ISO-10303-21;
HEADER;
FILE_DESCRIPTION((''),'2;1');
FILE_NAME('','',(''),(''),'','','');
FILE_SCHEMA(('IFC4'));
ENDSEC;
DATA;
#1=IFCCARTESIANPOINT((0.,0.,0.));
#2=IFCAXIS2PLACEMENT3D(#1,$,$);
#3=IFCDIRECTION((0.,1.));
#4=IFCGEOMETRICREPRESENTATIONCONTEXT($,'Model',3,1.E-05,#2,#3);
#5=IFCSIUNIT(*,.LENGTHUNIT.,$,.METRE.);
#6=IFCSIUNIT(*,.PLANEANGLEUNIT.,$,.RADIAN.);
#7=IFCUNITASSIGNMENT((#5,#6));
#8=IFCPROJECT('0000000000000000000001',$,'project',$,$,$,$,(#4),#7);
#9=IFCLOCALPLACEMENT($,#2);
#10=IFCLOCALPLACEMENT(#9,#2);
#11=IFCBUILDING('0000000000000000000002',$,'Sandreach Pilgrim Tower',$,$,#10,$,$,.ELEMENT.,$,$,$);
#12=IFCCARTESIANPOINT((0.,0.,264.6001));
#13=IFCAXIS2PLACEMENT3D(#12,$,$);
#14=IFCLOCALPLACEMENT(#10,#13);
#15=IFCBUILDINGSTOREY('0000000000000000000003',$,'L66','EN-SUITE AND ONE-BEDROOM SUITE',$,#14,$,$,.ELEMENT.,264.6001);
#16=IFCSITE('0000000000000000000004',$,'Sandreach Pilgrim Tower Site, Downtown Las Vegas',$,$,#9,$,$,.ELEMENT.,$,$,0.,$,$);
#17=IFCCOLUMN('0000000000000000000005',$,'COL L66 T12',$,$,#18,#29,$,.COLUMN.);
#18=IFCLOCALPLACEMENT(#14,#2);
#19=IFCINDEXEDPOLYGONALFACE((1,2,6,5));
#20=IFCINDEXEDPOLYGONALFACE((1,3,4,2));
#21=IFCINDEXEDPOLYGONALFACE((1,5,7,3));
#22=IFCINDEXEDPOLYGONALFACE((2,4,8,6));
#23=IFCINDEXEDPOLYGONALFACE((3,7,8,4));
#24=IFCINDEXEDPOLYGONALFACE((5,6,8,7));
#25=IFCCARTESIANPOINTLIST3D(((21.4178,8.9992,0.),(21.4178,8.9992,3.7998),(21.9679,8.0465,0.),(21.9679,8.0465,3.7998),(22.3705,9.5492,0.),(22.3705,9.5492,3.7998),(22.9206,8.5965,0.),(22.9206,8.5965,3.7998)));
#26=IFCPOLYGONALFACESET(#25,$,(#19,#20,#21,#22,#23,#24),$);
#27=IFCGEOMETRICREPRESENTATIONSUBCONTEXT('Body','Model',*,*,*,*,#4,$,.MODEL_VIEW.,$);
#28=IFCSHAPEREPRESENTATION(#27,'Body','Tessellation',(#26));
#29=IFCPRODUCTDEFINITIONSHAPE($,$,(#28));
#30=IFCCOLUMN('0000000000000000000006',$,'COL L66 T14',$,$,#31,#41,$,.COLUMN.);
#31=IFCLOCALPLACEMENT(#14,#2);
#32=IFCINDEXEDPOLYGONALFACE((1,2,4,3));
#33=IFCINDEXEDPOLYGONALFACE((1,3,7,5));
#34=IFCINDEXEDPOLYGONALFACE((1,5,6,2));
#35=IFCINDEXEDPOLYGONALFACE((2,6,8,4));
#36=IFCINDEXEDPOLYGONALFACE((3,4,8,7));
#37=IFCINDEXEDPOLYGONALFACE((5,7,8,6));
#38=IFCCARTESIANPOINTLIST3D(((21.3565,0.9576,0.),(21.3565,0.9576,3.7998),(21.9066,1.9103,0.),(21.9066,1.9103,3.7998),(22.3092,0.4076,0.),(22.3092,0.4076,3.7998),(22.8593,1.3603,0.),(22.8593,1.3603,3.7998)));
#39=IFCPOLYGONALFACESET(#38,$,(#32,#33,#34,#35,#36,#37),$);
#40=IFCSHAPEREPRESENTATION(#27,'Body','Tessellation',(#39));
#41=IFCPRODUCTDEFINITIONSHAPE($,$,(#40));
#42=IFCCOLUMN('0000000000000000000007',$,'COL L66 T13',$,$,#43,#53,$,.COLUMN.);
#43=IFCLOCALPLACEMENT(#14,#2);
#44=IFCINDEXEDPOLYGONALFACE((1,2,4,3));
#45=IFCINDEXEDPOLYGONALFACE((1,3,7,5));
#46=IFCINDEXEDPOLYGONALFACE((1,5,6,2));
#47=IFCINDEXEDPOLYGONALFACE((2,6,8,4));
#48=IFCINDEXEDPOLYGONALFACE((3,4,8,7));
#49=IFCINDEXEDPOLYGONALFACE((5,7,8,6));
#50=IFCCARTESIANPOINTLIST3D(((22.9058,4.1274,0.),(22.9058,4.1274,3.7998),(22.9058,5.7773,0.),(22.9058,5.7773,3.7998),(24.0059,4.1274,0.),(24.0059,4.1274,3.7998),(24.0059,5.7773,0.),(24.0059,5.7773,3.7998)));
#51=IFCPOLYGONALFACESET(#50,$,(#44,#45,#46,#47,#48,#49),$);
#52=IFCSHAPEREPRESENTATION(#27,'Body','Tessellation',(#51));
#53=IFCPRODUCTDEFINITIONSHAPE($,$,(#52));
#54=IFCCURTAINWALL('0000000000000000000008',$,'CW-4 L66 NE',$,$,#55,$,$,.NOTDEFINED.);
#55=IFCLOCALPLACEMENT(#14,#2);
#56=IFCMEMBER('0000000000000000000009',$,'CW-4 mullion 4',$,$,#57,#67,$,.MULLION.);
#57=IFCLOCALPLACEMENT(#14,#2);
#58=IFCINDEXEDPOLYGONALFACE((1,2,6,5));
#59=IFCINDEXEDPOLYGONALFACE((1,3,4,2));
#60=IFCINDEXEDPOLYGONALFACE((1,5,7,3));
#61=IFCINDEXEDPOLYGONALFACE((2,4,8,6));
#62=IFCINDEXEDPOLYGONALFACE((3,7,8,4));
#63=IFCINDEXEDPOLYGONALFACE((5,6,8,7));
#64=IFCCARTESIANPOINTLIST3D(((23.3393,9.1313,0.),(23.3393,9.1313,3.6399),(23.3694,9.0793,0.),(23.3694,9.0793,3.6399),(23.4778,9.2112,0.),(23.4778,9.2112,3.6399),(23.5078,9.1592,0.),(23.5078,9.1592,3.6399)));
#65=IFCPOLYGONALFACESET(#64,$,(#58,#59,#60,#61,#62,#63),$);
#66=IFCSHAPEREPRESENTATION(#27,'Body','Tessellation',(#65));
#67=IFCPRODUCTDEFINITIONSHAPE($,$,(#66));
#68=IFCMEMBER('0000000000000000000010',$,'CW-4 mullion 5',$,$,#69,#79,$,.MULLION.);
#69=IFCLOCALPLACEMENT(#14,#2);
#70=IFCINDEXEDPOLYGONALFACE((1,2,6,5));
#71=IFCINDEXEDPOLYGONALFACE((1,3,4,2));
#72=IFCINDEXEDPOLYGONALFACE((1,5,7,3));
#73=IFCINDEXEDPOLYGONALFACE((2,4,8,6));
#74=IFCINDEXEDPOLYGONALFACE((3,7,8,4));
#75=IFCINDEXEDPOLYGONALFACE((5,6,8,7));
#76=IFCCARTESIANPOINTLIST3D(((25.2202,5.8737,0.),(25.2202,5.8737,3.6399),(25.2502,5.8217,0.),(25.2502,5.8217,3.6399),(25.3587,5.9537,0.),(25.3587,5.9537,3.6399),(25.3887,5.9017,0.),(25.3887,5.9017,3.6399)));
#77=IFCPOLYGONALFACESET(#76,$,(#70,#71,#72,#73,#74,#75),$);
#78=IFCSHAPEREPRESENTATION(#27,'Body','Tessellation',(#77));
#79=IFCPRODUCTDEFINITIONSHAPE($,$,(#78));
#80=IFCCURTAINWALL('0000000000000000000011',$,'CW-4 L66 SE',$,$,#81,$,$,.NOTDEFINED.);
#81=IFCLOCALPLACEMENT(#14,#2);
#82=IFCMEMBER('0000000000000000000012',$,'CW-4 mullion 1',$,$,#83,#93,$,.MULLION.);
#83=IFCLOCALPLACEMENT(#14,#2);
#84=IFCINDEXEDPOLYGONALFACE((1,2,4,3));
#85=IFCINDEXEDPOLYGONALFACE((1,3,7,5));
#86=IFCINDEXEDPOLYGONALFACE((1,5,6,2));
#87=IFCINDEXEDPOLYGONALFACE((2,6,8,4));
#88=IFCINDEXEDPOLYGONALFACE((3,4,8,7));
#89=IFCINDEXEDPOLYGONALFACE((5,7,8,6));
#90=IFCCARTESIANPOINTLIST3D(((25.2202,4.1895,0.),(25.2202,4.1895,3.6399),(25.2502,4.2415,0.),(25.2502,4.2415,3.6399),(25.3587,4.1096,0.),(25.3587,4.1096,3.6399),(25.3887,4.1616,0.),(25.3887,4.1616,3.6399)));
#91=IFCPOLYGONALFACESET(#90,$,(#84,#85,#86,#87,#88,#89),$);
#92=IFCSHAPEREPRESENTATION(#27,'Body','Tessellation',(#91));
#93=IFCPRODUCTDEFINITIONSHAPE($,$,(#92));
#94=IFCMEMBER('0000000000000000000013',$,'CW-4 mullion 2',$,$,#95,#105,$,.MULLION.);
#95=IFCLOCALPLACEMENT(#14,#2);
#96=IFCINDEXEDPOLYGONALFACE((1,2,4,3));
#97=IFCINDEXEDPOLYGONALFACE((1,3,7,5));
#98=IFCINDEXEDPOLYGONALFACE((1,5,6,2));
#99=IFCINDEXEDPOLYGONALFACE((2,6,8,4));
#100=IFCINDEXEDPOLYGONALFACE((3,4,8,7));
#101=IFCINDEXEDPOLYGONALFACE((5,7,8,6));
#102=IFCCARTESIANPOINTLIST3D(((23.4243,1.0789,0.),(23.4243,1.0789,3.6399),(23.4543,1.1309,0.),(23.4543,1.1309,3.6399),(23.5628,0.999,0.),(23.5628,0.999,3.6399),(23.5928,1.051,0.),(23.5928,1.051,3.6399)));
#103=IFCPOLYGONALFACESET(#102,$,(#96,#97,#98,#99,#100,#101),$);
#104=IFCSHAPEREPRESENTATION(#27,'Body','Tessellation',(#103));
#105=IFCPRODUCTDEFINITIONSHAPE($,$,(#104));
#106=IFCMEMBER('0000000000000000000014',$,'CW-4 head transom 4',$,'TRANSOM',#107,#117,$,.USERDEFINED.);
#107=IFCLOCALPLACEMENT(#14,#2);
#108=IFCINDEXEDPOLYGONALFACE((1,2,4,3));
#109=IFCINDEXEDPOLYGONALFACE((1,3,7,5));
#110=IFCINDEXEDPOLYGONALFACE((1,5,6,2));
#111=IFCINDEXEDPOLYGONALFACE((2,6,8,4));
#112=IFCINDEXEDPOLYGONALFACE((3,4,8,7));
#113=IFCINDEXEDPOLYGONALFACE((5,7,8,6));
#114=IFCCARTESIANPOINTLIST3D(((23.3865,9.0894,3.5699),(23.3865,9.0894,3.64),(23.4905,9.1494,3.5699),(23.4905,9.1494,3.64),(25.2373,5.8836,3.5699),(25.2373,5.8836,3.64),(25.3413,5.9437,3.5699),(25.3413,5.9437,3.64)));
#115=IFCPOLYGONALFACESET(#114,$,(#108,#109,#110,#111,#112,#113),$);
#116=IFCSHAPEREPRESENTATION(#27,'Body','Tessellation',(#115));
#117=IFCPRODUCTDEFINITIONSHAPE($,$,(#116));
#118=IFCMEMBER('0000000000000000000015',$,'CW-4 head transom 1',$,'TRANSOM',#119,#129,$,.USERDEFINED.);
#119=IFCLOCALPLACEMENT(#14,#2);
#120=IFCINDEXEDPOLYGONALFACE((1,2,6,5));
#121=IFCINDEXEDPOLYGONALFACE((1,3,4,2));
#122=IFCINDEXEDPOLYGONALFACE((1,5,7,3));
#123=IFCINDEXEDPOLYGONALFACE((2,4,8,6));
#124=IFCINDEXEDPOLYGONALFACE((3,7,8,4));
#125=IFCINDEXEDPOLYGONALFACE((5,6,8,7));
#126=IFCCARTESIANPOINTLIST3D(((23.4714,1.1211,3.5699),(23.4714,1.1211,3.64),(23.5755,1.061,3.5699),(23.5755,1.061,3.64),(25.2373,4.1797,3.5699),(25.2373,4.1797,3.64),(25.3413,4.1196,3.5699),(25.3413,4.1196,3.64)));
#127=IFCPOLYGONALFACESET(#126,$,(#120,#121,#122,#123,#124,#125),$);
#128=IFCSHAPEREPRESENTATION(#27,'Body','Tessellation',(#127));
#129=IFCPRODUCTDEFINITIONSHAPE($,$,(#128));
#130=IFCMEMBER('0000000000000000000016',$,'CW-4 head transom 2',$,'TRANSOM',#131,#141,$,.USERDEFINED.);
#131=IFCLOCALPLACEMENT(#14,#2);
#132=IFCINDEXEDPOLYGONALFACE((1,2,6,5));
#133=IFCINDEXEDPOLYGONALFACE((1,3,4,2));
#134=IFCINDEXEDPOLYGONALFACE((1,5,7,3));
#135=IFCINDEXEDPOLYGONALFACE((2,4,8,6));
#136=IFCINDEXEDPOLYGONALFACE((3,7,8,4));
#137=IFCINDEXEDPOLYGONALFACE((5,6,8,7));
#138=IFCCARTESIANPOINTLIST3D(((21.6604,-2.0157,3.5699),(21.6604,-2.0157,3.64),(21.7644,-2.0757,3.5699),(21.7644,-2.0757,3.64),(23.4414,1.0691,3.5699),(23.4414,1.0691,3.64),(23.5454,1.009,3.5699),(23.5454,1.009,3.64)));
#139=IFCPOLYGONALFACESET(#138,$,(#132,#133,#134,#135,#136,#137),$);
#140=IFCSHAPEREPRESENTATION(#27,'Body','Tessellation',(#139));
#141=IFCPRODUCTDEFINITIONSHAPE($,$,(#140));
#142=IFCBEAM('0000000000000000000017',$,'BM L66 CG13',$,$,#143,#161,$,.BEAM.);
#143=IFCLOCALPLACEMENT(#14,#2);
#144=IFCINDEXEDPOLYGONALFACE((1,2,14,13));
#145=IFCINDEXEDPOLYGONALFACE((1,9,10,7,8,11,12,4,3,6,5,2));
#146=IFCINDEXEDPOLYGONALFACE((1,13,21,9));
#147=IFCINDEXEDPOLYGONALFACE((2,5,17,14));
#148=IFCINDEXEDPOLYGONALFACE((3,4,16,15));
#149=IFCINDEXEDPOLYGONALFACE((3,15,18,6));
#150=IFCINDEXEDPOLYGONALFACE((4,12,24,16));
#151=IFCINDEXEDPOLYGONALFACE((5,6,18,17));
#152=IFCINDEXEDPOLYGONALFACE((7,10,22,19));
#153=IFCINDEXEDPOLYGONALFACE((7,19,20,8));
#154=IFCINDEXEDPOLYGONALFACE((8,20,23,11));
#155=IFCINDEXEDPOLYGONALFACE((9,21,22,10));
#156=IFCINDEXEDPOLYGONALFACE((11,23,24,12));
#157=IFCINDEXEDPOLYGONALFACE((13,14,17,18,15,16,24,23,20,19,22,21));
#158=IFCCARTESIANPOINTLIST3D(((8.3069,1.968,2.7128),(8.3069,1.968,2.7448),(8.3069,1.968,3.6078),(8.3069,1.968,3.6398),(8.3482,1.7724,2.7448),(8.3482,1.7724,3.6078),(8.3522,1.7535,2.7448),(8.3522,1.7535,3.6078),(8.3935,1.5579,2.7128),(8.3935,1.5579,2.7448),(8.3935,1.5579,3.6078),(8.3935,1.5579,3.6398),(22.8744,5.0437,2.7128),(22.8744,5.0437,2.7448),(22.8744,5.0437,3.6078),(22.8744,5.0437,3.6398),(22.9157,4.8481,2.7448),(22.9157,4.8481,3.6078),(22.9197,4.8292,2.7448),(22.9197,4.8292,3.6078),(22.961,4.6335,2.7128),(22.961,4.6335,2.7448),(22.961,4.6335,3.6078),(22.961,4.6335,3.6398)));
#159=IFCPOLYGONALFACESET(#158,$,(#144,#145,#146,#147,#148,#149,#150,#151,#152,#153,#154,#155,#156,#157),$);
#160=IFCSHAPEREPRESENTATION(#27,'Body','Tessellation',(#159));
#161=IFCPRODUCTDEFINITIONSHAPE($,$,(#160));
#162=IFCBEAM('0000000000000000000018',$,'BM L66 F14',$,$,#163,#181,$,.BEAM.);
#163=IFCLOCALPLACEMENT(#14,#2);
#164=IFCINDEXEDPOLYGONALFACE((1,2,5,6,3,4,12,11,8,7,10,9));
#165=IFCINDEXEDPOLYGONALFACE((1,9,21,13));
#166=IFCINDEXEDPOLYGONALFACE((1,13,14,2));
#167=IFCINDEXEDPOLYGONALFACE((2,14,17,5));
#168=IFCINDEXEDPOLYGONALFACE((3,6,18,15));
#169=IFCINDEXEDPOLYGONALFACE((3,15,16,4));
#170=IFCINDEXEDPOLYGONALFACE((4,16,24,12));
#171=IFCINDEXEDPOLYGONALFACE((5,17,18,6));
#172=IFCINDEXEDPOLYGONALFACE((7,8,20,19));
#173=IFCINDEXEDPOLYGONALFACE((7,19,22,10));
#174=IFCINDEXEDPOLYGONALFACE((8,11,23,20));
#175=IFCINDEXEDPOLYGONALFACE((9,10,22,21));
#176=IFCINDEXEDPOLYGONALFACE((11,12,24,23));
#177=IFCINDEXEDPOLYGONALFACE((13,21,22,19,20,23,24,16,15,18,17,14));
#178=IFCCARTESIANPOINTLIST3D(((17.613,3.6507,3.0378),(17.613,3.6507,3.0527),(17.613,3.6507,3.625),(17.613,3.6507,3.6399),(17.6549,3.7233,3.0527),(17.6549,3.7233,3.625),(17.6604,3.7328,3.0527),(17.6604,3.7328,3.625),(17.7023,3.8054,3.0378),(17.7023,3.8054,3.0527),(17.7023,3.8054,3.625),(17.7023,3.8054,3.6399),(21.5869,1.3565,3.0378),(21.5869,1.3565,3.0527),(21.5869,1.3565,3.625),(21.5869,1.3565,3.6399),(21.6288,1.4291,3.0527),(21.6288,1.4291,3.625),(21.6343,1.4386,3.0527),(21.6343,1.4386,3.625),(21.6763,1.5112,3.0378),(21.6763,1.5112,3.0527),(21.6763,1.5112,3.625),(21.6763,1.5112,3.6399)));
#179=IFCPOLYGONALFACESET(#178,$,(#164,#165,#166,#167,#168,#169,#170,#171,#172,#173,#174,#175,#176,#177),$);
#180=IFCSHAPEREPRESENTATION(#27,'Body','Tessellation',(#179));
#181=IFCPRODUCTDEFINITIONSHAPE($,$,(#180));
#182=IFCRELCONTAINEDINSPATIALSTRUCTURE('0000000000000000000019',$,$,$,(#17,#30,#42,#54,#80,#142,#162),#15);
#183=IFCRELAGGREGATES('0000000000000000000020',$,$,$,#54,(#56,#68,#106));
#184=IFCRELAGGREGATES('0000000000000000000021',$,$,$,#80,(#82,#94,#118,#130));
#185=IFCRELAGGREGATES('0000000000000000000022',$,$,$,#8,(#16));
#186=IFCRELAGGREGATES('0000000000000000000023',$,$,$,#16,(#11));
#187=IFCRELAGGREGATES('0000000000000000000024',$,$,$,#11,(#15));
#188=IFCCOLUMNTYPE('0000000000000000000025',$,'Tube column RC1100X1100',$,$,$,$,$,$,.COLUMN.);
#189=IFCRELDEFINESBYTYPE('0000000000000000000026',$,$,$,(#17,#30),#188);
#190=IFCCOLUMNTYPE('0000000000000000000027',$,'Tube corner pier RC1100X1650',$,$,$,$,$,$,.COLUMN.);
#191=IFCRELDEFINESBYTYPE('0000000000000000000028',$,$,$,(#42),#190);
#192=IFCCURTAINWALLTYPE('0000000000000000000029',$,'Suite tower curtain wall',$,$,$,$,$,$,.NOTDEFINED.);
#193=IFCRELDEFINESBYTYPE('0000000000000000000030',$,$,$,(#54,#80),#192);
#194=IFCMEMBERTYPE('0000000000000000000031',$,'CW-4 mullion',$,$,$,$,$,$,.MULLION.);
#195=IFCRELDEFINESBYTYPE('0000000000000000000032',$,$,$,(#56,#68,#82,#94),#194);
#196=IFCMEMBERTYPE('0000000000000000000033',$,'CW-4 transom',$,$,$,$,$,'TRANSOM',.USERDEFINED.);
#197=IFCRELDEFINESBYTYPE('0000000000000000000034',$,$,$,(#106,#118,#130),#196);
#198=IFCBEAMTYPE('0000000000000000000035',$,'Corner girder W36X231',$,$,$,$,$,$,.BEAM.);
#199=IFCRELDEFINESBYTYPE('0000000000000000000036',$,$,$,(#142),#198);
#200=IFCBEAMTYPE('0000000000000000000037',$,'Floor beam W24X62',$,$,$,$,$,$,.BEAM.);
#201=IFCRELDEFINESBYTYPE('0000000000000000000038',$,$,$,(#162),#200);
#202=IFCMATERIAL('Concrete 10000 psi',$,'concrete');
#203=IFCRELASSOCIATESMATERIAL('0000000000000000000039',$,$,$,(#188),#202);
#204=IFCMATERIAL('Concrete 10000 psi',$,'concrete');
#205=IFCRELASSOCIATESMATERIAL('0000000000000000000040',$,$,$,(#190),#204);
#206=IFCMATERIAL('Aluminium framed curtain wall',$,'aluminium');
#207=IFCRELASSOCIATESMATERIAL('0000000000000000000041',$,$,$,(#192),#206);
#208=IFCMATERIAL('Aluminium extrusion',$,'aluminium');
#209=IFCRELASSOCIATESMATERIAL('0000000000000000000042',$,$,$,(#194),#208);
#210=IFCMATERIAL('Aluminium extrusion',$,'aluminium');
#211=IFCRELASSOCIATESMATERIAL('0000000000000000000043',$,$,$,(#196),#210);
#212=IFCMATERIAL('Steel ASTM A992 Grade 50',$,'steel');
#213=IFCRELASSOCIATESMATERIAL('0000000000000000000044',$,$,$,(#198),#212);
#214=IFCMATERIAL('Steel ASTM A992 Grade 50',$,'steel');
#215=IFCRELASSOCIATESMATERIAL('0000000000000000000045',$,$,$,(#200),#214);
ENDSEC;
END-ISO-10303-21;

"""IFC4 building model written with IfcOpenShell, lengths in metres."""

from ifc_helpers import new_model, si_unit, direction, frame, origin, origin_2d, place, context, subcontext, project, spatial, rectangle, i_section, extrude, material, material_profile, profile_set, type_object, element, aggregate, save


model = new_model("IFC4")

# Units and contexts
model_context = context("Model", 3, precision=1e-05, world=origin(), true_north=direction((0.0, 1.0)))
body_context = subcontext(model_context, "Body", "Model", "MODEL_VIEW")
ifc_project = project(units=[si_unit("LENGTHUNIT", "METRE"), si_unit("PLANEANGLEUNIT", "RADIAN")], contexts=[model_context])

# Site, building, storey
site_placement = place(None, origin())
site = spatial("IfcSite", under=ifc_project, at=site_placement, Name="Sandreach Pilgrim Tower Site, Downtown Las Vegas", CompositionType="ELEMENT", RefElevation=0.0)
building_placement = place(site_placement, origin())
building = spatial("IfcBuilding", under=site, at=building_placement, Name="Sandreach Pilgrim Tower", CompositionType="ELEMENT")
storey_placement = place(building_placement, frame((0.0, 0.0, 264.6001)))
storey = spatial("IfcBuildingStorey", under=building, at=storey_placement, Name="L66", Description="EN-SUITE AND ONE-BEDROOM SUITE", CompositionType="ELEMENT", Elevation=264.6001)

# Columns
ifc_material_1 = material(Name="Concrete 10000 psi", Category="concrete")
ifc_material_profile_1 = material_profile(ifc_material_1, rectangle(XDim=1.1001, YDim=1.1001, at=origin_2d()), Name="RC1100X1100")
ifc_profile_set_1 = profile_set([ifc_material_profile_1], Name="Concrete 10000 psi")
column_type_1 = type_object("IfcColumnType", Name="Tube column RC1100X1100", PredefinedType="COLUMN", material=ifc_profile_set_1)
for number, where, z_axis, x_axis, name in (
    (1, (22.1692, 8.7979, 0.0), (0.0, 0.0, 1.0), (0.866025, 0.5, 0.0), "COL L66 T12"),
    (2, (22.1079, 1.1589, 0.0), (0.0, 0.0, 1.0), (0.866025, -0.5, 0.0), "COL L66 T14"),
):
    element("IfcColumn", number, at=place(storey_placement, frame(where, z_axis=z_axis, x_axis=x_axis)), inside=storey, type_object=column_type_1, Name=name, PredefinedType="COLUMN", context=body_context, shape_type="SweptSolid", body=[
        extrude(rectangle(XDim=1.1001, YDim=1.1001, at=origin_2d()), origin(), (0.0, 0.0, 1.0), 3.7998),
    ])
ifc_material_2 = material(Name="Concrete 10000 psi", Category="concrete")
ifc_material_profile_2 = material_profile(ifc_material_2, rectangle(XDim=1.1001, YDim=1.6499, at=origin_2d()), Name="RC1100X1650")
ifc_profile_set_2 = profile_set([ifc_material_profile_2], Name="Concrete 10000 psi")
column_type_2 = type_object("IfcColumnType", Name="Tube corner pier RC1100X1650", PredefinedType="COLUMN", material=ifc_profile_set_2)
column_placement = place(storey_placement, frame((23.4558, 4.9524, 0.0), z_axis=(0.0, 0.0, 1.0), x_axis=(1.0, 0.0, 0.0)))
element("IfcColumn", 3, at=column_placement, inside=storey, type_object=column_type_2, Name="COL L66 T13", PredefinedType="COLUMN", context=body_context, shape_type="SweptSolid", body=[
    extrude(rectangle(XDim=1.1001, YDim=1.6499, at=origin_2d()), origin(), (0.0, 0.0, 1.0), 3.7998),
])

# Curtain walls, members
ifc_material_3 = material(Name="Aluminium framed curtain wall", Category="aluminium")
curtain_wall_type = type_object("IfcCurtainWallType", Name="Suite tower curtain wall", PredefinedType="NOTDEFINED", material=ifc_material_3)
curtain_wall_1_placement = place(storey_placement, origin())
curtain_wall_1 = element("IfcCurtainWall", 4, at=curtain_wall_1_placement, inside=storey, type_object=curtain_wall_type, Name="CW-4 L66 NE", PredefinedType="NOTDEFINED")
ifc_material_4 = material(Name="Aluminium extrusion", Category="aluminium")
ifc_material_profile_3 = material_profile(ifc_material_4, rectangle(XDim=0.0601, YDim=0.1599, at=origin_2d()), Name="CW-4M 60X160")
ifc_profile_set_3 = profile_set([ifc_material_profile_3], Name="Aluminium extrusion")
member_type_1 = type_object("IfcMemberType", Name="CW-4 mullion", PredefinedType="MULLION", material=ifc_profile_set_3)
member_1_placement = place(storey_placement, frame((23.4236, 9.1453, 0.0), z_axis=(0.0, 0.0, 1.0), x_axis=(0.5, -0.866025, 0.0)))
member_1 = element("IfcMember", 5, at=member_1_placement, type_object=member_type_1, Name="CW-4 mullion 4", PredefinedType="MULLION", context=body_context, shape_type="SweptSolid", body=[
    extrude(rectangle(XDim=0.0601, YDim=0.1599, at=origin_2d()), origin(), (0.0, 0.0, 1.0), 3.6399),
])
member_2_placement = place(storey_placement, frame((25.3044, 5.8877, 0.0), z_axis=(0.0, 0.0, 1.0), x_axis=(0.5, -0.866025, 0.0)))
member_2 = element("IfcMember", 6, at=member_2_placement, type_object=member_type_1, Name="CW-4 mullion 5", PredefinedType="MULLION", context=body_context, shape_type="SweptSolid", body=[
    extrude(rectangle(XDim=0.0601, YDim=0.1599, at=origin_2d()), origin(), (0.0, 0.0, 1.0), 3.6399),
])
curtain_wall_2_placement = place(storey_placement, origin())
curtain_wall_2 = element("IfcCurtainWall", 7, at=curtain_wall_2_placement, inside=storey, type_object=curtain_wall_type, Name="CW-4 L66 SE", PredefinedType="NOTDEFINED")
member_3_placement = place(storey_placement, frame((25.3044, 4.1755, 0.0), z_axis=(0.0, 0.0, 1.0), x_axis=(-0.5, -0.866025, 0.0)))
member_3 = element("IfcMember", 8, at=member_3_placement, type_object=member_type_1, Name="CW-4 mullion 1", PredefinedType="MULLION", context=body_context, shape_type="SweptSolid", body=[
    extrude(rectangle(XDim=0.0601, YDim=0.1599, at=origin_2d()), origin(), (0.0, 0.0, 1.0), 3.6399),
])
member_4_placement = place(storey_placement, frame((23.5085, 1.0649, 0.0), z_axis=(0.0, 0.0, 1.0), x_axis=(-0.5, -0.866025, 0.0)))
member_4 = element("IfcMember", 9, at=member_4_placement, type_object=member_type_1, Name="CW-4 mullion 2", PredefinedType="MULLION", context=body_context, shape_type="SweptSolid", body=[
    extrude(rectangle(XDim=0.0601, YDim=0.1599, at=origin_2d()), origin(), (0.0, 0.0, 1.0), 3.6399),
])

# Members
ifc_material_5 = material(Name="Aluminium extrusion", Category="aluminium")
ifc_material_profile_4 = material_profile(ifc_material_5, rectangle(XDim=0.1201, YDim=0.0701, at=origin_2d()), Name="CW-4T 120X70")
ifc_profile_set_4 = profile_set([ifc_material_profile_4], Name="Aluminium extrusion")
member_type_2 = type_object("IfcMemberType", Name="CW-4 transom", ElementType="TRANSOM", PredefinedType="USERDEFINED", material=ifc_profile_set_4)
member_5_placement = place(storey_placement, frame((23.4385, 9.1194, 3.605), z_axis=(0.499991, -0.866031, 0.0), x_axis=(0.866031, 0.499991, 0.0)))
member_5 = element("IfcMember", 10, at=member_5_placement, type_object=member_type_2, Name="CW-4 head transom 4", ObjectType="TRANSOM", PredefinedType="USERDEFINED", context=body_context, shape_type="SweptSolid", body=[
    extrude(rectangle(XDim=0.1201, YDim=0.0701, at=origin_2d()), origin(), (0.0, 0.0, 1.0), 3.7017),
])
member_6_placement = place(storey_placement, frame((25.2893, 4.1497, 3.605), z_axis=(-0.499998, -0.866027, 0.0), x_axis=(0.866027, -0.499998, 0.0)))
member_6 = element("IfcMember", 11, at=member_6_placement, type_object=member_type_2, Name="CW-4 head transom 1", ObjectType="TRANSOM", PredefinedType="USERDEFINED", context=body_context, shape_type="SweptSolid", body=[
    extrude(rectangle(XDim=0.1201, YDim=0.0701, at=origin_2d()), origin(), (0.0, 0.0, 1.0), 3.5317),
])
member_7_placement = place(storey_placement, frame((23.4934, 1.0391, 3.605), z_axis=(-0.500009, -0.86602, 0.0), x_axis=(0.86602, -0.500009, 0.0)))
member_7 = element("IfcMember", 12, at=member_7_placement, type_object=member_type_2, Name="CW-4 head transom 2", ObjectType="TRANSOM", PredefinedType="USERDEFINED", context=body_context, shape_type="SweptSolid", body=[
    extrude(rectangle(XDim=0.1201, YDim=0.0701, at=origin_2d()), origin(), (0.0, 0.0, 1.0), 3.562),
])

# Beams
ifc_material_6 = material(Name="Steel ASTM A992 Grade 50", Category="steel")
ifc_material_profile_5 = material_profile(ifc_material_6, i_section(OverallWidth=0.4192, OverallDepth=0.927, WebThickness=0.0193, FlangeThickness=0.032, at=origin_2d()), Name="W36X231")
ifc_profile_set_5 = profile_set([ifc_material_profile_5], Name="Steel ASTM A992 Grade 50")
beam_type_1 = type_object("IfcBeamType", Name="Corner girder W36X231", PredefinedType="BEAM", material=ifc_profile_set_5)
beam_1_placement = place(storey_placement, frame((22.9177, 4.8386, 3.1763), z_axis=(-0.97843, -0.206577, 0.0), x_axis=(0.206577, -0.97843, 0.0)))
element("IfcBeam", 13, at=beam_1_placement, inside=storey, type_object=beam_type_1, Name="BM L66 CG13", PredefinedType="BEAM", context=body_context, shape_type="SweptSolid", body=[
    extrude(i_section(OverallWidth=0.4192, OverallDepth=0.927, WebThickness=0.0193, FlangeThickness=0.032, at=origin_2d()), origin(), (0.0, 0.0, 1.0), 14.8887),
])
ifc_material_7 = material(Name="Steel ASTM A992 Grade 50", Category="steel")
ifc_material_profile_6 = material_profile(ifc_material_7, i_section(OverallWidth=0.1787, OverallDepth=0.6021, WebThickness=0.011, FlangeThickness=0.0149, at=origin_2d()), Name="W24X62")
ifc_profile_set_6 = profile_set([ifc_material_profile_6], Name="Steel ASTM A992 Grade 50")
beam_type_2 = type_object("IfcBeamType", Name="Floor beam W24X62", PredefinedType="BEAM", material=ifc_profile_set_6)
beam_2_placement = place(storey_placement, frame((21.6316, 1.4338, 3.3389), z_axis=(-0.866038, 0.499979, 0.0), x_axis=(-0.499979, -0.866038, 0.0)))
element("IfcBeam", 14, at=beam_2_placement, inside=storey, type_object=beam_type_2, Name="BM L66 F14", PredefinedType="BEAM", context=body_context, shape_type="SweptSolid", body=[
    extrude(i_section(OverallWidth=0.1787, OverallDepth=0.6021, WebThickness=0.011, FlangeThickness=0.0149, at=origin_2d()), origin(), (0.0, 0.0, 1.0), 4.5886),
])

aggregate(curtain_wall_1, [member_1, member_2, member_5])
aggregate(curtain_wall_2, [member_3, member_4, member_6, member_7])

save(model, "model.ifc")
